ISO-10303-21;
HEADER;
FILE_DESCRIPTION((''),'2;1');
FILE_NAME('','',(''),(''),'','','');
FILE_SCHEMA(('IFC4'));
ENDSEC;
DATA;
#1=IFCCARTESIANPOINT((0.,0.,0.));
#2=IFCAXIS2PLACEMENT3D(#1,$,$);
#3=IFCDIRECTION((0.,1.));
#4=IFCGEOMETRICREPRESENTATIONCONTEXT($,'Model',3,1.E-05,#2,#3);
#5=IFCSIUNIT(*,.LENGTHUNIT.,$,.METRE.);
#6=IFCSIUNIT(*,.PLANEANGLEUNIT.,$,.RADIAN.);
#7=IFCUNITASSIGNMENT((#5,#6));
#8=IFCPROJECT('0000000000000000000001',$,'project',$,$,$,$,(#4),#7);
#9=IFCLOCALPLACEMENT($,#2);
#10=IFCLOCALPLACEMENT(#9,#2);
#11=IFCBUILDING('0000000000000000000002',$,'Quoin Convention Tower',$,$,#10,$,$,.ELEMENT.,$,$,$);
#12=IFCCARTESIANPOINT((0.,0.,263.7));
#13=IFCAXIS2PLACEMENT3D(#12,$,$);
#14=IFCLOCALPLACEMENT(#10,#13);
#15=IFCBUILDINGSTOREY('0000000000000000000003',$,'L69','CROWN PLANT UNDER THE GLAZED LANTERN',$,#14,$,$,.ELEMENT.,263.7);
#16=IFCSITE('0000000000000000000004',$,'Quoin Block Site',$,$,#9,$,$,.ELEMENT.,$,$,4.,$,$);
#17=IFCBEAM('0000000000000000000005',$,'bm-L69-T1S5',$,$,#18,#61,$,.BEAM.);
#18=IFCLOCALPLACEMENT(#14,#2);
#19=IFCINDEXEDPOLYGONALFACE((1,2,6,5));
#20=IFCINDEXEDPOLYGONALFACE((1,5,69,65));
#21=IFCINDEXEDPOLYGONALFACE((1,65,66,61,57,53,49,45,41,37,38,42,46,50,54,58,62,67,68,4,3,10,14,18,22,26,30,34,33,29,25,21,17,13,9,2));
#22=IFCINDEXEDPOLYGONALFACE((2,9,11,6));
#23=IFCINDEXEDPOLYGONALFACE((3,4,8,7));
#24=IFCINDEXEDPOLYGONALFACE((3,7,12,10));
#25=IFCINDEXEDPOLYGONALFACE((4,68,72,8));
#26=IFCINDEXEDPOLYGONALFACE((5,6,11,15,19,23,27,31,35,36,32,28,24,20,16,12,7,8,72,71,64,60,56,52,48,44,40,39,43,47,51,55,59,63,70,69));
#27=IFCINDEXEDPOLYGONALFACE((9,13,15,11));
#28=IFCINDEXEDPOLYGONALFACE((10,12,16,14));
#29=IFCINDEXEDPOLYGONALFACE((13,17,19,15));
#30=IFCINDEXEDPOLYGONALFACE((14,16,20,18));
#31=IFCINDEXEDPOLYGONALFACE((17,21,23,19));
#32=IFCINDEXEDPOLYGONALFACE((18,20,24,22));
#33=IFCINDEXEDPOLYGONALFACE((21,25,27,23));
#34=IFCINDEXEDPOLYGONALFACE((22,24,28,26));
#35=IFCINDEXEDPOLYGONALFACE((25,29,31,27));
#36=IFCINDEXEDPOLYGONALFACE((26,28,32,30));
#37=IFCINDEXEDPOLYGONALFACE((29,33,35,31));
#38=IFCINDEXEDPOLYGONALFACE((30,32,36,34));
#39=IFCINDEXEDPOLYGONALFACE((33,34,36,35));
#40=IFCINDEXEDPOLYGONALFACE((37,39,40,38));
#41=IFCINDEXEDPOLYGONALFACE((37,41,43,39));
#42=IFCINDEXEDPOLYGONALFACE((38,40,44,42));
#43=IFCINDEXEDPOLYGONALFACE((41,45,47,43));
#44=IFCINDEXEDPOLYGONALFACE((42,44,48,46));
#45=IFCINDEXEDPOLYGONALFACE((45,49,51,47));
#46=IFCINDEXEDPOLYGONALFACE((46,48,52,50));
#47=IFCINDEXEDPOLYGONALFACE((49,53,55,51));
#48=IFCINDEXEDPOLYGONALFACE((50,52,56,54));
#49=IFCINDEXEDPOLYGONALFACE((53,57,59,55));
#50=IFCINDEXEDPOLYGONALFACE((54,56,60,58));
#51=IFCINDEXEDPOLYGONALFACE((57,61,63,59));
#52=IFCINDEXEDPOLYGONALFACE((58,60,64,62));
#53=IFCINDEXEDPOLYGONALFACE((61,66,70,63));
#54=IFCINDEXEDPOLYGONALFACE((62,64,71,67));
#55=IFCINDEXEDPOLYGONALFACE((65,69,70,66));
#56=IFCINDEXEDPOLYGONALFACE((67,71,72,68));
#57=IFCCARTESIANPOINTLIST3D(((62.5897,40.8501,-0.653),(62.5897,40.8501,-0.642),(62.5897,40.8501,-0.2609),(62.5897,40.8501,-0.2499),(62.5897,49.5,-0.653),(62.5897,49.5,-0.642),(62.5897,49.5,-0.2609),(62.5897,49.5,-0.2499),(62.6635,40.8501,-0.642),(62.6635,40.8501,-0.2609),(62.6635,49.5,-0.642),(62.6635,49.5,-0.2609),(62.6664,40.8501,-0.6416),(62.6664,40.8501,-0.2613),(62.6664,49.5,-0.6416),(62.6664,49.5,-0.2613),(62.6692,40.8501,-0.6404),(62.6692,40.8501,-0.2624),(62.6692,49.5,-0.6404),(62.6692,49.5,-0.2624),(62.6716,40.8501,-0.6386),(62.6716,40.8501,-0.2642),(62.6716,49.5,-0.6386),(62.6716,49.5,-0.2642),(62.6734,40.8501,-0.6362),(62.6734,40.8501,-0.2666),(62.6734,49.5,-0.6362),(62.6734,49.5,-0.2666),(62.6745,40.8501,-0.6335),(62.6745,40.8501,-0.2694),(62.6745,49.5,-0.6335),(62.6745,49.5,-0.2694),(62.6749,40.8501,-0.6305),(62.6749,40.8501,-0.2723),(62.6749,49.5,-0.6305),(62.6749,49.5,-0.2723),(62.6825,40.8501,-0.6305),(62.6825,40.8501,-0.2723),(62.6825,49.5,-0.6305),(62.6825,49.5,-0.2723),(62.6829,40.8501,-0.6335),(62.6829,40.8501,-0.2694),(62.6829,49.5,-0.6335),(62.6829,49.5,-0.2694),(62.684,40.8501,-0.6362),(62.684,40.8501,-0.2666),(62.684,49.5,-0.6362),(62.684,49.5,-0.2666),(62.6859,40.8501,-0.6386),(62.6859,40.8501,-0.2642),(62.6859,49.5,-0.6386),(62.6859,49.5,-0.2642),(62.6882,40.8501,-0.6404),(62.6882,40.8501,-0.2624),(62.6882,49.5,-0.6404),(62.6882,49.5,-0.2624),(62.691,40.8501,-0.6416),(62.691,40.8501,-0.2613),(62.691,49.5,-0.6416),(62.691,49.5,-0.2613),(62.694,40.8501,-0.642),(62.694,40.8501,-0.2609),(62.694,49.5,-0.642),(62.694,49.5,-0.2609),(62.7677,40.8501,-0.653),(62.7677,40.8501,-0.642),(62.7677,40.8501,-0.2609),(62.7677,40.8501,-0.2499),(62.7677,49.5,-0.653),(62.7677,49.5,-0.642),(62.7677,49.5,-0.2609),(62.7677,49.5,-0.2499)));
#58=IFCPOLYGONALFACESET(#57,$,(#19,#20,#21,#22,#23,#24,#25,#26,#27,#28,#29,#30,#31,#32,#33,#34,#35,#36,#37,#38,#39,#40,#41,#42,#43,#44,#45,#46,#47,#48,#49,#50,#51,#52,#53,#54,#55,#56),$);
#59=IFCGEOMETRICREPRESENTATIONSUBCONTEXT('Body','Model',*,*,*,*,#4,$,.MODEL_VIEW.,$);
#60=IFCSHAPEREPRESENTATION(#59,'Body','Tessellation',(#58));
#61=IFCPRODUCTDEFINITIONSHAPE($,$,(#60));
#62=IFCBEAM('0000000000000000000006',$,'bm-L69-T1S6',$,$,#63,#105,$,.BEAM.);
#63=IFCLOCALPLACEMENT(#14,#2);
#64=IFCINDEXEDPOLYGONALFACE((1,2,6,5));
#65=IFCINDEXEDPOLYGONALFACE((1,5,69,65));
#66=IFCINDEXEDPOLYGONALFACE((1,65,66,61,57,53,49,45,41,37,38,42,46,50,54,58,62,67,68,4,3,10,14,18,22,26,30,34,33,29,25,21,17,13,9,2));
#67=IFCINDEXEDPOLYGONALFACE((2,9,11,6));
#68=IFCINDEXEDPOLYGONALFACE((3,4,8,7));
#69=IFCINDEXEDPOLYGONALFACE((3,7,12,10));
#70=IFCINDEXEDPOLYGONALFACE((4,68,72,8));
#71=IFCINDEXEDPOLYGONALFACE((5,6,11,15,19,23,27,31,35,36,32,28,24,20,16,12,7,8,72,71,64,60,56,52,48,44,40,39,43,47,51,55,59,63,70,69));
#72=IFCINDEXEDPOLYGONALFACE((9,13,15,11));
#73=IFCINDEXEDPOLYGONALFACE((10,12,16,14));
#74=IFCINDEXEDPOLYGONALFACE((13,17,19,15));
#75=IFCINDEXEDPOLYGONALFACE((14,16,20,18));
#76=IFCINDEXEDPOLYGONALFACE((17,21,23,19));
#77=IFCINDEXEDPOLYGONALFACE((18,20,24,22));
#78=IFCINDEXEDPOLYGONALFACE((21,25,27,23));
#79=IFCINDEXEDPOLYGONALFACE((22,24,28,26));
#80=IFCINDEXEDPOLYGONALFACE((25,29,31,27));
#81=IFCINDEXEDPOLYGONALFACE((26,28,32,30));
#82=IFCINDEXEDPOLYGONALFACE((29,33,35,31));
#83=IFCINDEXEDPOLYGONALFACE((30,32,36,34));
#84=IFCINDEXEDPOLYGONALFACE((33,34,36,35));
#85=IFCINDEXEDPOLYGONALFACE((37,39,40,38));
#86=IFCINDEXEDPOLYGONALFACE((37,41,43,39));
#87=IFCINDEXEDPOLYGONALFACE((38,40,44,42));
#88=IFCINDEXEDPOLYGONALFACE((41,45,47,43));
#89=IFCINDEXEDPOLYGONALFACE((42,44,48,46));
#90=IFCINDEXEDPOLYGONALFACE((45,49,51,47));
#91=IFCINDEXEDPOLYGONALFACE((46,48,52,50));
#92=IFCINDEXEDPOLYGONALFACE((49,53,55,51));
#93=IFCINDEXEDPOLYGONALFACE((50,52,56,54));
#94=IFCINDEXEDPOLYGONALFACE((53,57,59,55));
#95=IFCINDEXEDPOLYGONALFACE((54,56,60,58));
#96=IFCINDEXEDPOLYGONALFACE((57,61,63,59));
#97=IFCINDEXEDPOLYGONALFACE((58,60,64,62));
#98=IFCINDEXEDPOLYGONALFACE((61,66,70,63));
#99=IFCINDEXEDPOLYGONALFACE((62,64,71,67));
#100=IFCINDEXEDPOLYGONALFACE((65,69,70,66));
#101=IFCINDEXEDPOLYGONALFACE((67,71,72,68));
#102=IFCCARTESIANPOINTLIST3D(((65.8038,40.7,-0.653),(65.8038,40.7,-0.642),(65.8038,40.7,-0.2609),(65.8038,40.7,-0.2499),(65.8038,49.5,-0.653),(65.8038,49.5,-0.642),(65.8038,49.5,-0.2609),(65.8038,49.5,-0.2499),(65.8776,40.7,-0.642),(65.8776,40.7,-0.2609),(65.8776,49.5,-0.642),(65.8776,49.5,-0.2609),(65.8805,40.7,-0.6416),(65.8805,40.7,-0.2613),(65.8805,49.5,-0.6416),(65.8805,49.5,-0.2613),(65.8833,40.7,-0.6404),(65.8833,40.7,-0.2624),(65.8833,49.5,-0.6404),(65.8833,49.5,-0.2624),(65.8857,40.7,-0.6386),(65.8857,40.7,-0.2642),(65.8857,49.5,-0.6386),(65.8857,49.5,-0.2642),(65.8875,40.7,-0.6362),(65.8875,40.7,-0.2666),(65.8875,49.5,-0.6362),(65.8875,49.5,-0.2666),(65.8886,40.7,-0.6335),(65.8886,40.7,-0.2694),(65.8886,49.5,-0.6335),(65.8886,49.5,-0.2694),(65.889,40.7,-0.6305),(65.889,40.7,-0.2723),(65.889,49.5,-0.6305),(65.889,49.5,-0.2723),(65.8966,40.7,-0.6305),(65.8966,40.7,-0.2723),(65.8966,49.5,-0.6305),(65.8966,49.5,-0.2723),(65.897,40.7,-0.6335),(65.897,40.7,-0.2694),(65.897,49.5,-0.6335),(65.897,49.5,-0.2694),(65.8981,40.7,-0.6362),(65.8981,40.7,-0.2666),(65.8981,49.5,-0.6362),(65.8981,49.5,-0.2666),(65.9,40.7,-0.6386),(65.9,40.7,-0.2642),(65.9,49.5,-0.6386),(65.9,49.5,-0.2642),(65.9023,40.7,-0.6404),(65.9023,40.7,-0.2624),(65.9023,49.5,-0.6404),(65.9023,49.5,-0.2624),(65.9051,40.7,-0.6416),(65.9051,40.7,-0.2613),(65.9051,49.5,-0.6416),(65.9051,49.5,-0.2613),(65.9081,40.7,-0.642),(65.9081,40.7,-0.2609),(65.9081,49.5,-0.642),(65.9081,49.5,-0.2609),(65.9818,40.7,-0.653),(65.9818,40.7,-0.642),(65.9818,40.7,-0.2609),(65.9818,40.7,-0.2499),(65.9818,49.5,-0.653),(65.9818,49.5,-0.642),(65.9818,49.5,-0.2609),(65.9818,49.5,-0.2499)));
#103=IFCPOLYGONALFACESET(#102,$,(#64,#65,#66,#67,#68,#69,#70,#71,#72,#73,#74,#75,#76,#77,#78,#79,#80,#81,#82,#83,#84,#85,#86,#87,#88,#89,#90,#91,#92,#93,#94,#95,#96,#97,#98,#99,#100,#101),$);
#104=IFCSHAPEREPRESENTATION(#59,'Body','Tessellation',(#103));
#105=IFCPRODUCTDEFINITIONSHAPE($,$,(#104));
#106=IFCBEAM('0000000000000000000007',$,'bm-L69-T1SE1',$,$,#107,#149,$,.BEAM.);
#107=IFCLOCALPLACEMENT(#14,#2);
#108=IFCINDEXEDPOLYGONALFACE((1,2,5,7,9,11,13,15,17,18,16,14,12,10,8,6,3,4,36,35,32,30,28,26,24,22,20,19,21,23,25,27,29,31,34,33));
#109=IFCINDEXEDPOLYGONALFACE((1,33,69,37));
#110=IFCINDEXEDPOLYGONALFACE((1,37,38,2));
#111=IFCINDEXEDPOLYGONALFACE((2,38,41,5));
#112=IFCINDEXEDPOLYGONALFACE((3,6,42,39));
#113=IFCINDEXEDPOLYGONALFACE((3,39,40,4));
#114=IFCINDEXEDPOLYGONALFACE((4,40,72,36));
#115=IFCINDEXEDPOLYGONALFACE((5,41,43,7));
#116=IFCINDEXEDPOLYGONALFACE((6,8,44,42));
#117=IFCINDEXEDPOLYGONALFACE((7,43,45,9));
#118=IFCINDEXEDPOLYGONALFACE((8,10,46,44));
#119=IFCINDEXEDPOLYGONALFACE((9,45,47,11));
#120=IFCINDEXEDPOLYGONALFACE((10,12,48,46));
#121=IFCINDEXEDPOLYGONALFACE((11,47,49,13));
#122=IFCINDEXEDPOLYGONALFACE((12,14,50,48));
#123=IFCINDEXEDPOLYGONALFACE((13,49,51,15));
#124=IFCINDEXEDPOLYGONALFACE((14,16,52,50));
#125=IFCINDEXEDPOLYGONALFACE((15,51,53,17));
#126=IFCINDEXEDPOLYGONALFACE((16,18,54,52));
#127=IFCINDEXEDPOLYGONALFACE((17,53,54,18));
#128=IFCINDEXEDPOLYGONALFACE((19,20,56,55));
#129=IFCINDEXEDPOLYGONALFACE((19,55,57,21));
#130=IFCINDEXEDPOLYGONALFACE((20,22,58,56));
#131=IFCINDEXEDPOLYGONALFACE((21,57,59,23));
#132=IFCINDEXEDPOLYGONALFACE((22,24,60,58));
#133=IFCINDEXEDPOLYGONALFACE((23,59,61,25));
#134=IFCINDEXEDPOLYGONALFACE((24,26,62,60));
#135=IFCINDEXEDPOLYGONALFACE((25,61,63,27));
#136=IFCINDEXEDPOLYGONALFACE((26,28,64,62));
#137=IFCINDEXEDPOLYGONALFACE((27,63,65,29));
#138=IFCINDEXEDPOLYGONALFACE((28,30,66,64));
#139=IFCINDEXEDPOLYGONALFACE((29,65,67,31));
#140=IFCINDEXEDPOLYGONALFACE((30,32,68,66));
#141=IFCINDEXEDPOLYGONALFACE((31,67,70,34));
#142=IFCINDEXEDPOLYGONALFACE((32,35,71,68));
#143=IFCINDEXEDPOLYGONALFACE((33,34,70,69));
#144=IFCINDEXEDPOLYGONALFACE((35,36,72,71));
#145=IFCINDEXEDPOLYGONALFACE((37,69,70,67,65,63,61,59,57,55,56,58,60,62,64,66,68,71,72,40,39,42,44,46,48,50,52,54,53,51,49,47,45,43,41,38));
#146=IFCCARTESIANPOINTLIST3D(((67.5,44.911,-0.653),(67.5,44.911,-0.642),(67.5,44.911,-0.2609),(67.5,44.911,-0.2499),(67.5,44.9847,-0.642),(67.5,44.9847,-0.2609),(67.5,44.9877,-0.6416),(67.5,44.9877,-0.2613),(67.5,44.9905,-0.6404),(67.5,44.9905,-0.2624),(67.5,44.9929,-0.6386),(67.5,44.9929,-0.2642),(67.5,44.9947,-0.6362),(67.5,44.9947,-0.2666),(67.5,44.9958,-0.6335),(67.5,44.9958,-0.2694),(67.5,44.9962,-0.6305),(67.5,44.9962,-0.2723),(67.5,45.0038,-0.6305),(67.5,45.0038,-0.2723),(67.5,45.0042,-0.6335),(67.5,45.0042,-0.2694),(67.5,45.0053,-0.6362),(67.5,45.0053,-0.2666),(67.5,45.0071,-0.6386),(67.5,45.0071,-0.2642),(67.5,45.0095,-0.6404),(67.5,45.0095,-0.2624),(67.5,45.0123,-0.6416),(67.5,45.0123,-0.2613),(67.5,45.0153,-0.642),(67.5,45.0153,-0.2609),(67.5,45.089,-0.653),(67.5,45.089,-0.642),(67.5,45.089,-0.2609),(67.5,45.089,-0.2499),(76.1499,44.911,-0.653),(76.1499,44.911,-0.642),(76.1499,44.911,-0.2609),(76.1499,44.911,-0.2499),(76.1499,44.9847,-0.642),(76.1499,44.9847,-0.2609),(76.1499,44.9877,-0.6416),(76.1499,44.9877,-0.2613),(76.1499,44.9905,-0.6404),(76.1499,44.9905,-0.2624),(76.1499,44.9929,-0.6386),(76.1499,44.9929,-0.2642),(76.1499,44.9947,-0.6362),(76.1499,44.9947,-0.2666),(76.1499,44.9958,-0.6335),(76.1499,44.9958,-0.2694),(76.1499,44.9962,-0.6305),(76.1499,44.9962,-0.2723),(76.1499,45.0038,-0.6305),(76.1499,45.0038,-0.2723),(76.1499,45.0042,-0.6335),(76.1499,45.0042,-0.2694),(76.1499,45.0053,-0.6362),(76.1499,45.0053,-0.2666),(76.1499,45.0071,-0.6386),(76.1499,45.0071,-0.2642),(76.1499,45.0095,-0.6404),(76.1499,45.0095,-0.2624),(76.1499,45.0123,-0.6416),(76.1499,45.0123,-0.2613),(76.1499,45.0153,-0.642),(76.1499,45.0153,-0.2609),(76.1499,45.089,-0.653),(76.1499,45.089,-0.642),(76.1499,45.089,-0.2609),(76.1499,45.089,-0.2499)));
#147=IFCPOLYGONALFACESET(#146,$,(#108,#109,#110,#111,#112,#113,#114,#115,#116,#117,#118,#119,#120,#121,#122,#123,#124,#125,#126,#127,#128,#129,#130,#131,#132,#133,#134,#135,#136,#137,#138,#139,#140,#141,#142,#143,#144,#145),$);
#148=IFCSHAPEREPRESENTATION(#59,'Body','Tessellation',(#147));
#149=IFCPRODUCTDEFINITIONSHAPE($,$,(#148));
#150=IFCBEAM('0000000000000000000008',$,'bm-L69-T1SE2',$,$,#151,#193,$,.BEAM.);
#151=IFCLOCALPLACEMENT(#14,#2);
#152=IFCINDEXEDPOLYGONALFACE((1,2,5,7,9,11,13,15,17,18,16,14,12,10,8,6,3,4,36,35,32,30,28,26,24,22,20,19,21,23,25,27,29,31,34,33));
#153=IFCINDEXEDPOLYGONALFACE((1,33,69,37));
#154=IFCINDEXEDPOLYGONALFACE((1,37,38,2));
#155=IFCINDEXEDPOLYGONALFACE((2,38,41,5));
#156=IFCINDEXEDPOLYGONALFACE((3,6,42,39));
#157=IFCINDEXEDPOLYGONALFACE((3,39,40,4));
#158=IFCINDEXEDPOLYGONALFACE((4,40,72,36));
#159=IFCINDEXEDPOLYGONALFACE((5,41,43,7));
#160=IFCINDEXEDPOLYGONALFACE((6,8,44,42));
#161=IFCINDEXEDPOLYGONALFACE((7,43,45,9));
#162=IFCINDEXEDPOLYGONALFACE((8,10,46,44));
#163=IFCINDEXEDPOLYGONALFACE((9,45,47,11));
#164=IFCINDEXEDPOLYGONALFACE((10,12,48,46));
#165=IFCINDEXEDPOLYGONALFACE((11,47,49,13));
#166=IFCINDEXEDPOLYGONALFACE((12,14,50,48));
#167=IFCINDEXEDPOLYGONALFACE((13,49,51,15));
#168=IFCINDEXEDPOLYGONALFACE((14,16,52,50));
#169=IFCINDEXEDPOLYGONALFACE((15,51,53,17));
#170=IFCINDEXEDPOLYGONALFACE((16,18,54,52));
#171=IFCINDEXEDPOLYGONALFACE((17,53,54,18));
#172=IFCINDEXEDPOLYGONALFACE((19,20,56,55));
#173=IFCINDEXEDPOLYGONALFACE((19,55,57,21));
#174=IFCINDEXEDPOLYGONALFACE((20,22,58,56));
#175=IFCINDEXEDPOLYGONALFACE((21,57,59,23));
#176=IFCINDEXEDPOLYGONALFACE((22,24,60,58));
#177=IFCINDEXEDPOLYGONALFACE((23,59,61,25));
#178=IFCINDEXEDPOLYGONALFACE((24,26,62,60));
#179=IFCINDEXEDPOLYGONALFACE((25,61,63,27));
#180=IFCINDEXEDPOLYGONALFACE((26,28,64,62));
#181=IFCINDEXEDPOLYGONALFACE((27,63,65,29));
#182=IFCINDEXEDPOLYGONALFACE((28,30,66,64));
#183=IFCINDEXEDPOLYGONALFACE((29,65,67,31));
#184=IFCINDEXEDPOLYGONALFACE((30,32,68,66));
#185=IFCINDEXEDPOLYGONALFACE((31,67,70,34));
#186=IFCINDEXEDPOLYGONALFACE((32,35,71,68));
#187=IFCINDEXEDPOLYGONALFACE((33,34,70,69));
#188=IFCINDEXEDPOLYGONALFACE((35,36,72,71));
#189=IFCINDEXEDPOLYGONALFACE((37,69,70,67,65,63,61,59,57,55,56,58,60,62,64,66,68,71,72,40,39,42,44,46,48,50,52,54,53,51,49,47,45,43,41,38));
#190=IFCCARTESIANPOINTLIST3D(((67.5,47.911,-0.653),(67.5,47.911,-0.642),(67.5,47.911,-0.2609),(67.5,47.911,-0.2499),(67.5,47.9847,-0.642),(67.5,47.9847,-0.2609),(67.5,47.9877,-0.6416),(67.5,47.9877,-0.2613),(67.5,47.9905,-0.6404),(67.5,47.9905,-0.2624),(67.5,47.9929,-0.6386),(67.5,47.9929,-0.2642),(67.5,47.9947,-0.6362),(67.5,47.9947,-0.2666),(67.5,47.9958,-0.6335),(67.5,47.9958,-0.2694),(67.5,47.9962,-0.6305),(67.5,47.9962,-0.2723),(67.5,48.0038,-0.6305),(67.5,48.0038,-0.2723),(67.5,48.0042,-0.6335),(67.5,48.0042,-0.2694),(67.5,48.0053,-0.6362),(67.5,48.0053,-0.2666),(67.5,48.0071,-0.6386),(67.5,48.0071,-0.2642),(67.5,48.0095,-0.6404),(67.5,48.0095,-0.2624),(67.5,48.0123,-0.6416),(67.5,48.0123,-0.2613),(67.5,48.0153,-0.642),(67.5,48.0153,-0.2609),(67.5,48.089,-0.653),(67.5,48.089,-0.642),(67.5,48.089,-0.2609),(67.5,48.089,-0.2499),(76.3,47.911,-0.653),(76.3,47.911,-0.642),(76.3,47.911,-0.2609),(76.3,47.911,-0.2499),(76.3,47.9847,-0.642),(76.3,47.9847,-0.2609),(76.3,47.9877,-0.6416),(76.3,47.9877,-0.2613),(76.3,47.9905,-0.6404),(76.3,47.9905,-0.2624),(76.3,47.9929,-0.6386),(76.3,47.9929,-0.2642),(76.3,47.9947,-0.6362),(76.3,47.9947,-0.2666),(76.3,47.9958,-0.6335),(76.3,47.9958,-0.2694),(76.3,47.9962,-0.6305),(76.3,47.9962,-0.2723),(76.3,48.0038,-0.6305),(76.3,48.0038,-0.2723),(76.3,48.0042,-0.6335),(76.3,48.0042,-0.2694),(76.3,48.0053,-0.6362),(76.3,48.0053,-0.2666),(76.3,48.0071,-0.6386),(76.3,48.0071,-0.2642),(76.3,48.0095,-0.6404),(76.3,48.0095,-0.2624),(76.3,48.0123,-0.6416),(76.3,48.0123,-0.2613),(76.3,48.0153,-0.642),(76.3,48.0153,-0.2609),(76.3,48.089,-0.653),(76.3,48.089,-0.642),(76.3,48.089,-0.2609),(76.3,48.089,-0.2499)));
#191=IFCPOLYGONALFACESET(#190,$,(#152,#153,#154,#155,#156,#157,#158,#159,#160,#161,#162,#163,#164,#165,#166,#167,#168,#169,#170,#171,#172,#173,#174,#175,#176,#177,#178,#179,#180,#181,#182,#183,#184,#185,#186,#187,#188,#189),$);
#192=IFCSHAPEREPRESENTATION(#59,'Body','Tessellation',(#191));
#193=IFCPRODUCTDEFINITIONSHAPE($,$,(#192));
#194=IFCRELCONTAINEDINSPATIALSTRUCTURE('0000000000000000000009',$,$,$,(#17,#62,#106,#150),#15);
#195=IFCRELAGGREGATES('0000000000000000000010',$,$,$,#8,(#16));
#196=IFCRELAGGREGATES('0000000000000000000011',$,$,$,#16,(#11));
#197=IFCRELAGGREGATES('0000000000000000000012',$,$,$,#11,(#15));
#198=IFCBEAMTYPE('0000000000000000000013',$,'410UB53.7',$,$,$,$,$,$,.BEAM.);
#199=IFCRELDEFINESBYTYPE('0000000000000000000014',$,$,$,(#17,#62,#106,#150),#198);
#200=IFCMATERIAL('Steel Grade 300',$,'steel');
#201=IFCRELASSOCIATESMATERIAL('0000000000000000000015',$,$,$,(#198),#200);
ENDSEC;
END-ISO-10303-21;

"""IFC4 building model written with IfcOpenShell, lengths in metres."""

from ifc_helpers import new_model, si_unit, direction, frame, origin, origin_2d, place, context, subcontext, project, spatial, i_section, extrude, material, material_profile, profile_set, type_object, element, save


model = new_model("IFC4")

# Units and contexts
model_context = context("Model", 3, precision=1e-05, world=origin(), true_north=direction((0.0, 1.0)))
body_context = subcontext(model_context, "Body", "Model", "MODEL_VIEW")
ifc_project = project(units=[si_unit("LENGTHUNIT", "METRE"), si_unit("PLANEANGLEUNIT", "RADIAN")], contexts=[model_context])

# Site, building, storey
site_placement = place(None, origin())
site = spatial("IfcSite", under=ifc_project, at=site_placement, Name="Quoin Block Site", CompositionType="ELEMENT", RefElevation=4.0)
building_placement = place(site_placement, origin())
building = spatial("IfcBuilding", under=site, at=building_placement, Name="Quoin Convention Tower", CompositionType="ELEMENT")
storey_placement = place(building_placement, frame((0.0, 0.0, 263.7)))
storey = spatial("IfcBuildingStorey", under=building, at=storey_placement, Name="L69", Description="CROWN PLANT UNDER THE GLAZED LANTERN", CompositionType="ELEMENT", Elevation=263.7)

# Beams
ifc_material_1 = material(Name="Steel Grade 300", Category="steel")
ifc_material_profile_1 = material_profile(ifc_material_1, i_section(OverallWidth=0.178, OverallDepth=0.4031, WebThickness=0.0076, FlangeThickness=0.011, FilletRadius=0.0115, at=origin_2d()), Name="410UB53.7")
ifc_profile_set_1 = profile_set([ifc_material_profile_1], Name="Steel Grade 300")
beam_type_1 = type_object("IfcBeamType", Name="410UB53.7", PredefinedType="BEAM", material=ifc_profile_set_1)
beam_1_placement = place(storey_placement, frame((62.6787, 40.8501, -0.4514), z_axis=(0.0, 1.0, 0.0), x_axis=(-1.0, 0.0, 0.0)))
element("IfcBeam", 1, at=beam_1_placement, inside=storey, type_object=beam_type_1, Name="bm-L69-T1S5", PredefinedType="BEAM", context=body_context, shape_type="SweptSolid", body=[
    extrude(i_section(OverallWidth=0.178, OverallDepth=0.4031, WebThickness=0.0076, FlangeThickness=0.011, FilletRadius=0.0115, at=origin_2d()), origin(), (0.0, 0.0, 1.0), 8.6499),
])
beam_2_placement = place(storey_placement, frame((65.8928, 40.7, -0.4514), z_axis=(0.0, 1.0, 0.0), x_axis=(-1.0, 0.0, 0.0)))
element("IfcBeam", 2, at=beam_2_placement, inside=storey, type_object=beam_type_1, Name="bm-L69-T1S6", PredefinedType="BEAM", context=body_context, shape_type="SweptSolid", body=[
    extrude(i_section(OverallWidth=0.178, OverallDepth=0.4031, WebThickness=0.0076, FlangeThickness=0.011, FilletRadius=0.0115, at=origin_2d()), origin(), (0.0, 0.0, 1.0), 8.8),
])
beam_3_placement = place(storey_placement, frame((67.5, 45.0, -0.4514), z_axis=(1.0, 0.0, 0.0), x_axis=(0.0, 1.0, 0.0)))
element("IfcBeam", 3, at=beam_3_placement, inside=storey, type_object=beam_type_1, Name="bm-L69-T1SE1", PredefinedType="BEAM", context=body_context, shape_type="SweptSolid", body=[
    extrude(i_section(OverallWidth=0.178, OverallDepth=0.4031, WebThickness=0.0076, FlangeThickness=0.011, FilletRadius=0.0115, at=origin_2d()), origin(), (0.0, 0.0, 1.0), 8.6499),
])
beam_4_placement = place(storey_placement, frame((67.5, 48.0, -0.4514), z_axis=(1.0, 0.0, 0.0), x_axis=(0.0, 1.0, 0.0)))
element("IfcBeam", 4, at=beam_4_placement, inside=storey, type_object=beam_type_1, Name="bm-L69-T1SE2", PredefinedType="BEAM", context=body_context, shape_type="SweptSolid", body=[
    extrude(i_section(OverallWidth=0.178, OverallDepth=0.4031, WebThickness=0.0076, FlangeThickness=0.011, FilletRadius=0.0115, at=origin_2d()), origin(), (0.0, 0.0, 1.0), 8.8),
])

save(model, "model.ifc")
